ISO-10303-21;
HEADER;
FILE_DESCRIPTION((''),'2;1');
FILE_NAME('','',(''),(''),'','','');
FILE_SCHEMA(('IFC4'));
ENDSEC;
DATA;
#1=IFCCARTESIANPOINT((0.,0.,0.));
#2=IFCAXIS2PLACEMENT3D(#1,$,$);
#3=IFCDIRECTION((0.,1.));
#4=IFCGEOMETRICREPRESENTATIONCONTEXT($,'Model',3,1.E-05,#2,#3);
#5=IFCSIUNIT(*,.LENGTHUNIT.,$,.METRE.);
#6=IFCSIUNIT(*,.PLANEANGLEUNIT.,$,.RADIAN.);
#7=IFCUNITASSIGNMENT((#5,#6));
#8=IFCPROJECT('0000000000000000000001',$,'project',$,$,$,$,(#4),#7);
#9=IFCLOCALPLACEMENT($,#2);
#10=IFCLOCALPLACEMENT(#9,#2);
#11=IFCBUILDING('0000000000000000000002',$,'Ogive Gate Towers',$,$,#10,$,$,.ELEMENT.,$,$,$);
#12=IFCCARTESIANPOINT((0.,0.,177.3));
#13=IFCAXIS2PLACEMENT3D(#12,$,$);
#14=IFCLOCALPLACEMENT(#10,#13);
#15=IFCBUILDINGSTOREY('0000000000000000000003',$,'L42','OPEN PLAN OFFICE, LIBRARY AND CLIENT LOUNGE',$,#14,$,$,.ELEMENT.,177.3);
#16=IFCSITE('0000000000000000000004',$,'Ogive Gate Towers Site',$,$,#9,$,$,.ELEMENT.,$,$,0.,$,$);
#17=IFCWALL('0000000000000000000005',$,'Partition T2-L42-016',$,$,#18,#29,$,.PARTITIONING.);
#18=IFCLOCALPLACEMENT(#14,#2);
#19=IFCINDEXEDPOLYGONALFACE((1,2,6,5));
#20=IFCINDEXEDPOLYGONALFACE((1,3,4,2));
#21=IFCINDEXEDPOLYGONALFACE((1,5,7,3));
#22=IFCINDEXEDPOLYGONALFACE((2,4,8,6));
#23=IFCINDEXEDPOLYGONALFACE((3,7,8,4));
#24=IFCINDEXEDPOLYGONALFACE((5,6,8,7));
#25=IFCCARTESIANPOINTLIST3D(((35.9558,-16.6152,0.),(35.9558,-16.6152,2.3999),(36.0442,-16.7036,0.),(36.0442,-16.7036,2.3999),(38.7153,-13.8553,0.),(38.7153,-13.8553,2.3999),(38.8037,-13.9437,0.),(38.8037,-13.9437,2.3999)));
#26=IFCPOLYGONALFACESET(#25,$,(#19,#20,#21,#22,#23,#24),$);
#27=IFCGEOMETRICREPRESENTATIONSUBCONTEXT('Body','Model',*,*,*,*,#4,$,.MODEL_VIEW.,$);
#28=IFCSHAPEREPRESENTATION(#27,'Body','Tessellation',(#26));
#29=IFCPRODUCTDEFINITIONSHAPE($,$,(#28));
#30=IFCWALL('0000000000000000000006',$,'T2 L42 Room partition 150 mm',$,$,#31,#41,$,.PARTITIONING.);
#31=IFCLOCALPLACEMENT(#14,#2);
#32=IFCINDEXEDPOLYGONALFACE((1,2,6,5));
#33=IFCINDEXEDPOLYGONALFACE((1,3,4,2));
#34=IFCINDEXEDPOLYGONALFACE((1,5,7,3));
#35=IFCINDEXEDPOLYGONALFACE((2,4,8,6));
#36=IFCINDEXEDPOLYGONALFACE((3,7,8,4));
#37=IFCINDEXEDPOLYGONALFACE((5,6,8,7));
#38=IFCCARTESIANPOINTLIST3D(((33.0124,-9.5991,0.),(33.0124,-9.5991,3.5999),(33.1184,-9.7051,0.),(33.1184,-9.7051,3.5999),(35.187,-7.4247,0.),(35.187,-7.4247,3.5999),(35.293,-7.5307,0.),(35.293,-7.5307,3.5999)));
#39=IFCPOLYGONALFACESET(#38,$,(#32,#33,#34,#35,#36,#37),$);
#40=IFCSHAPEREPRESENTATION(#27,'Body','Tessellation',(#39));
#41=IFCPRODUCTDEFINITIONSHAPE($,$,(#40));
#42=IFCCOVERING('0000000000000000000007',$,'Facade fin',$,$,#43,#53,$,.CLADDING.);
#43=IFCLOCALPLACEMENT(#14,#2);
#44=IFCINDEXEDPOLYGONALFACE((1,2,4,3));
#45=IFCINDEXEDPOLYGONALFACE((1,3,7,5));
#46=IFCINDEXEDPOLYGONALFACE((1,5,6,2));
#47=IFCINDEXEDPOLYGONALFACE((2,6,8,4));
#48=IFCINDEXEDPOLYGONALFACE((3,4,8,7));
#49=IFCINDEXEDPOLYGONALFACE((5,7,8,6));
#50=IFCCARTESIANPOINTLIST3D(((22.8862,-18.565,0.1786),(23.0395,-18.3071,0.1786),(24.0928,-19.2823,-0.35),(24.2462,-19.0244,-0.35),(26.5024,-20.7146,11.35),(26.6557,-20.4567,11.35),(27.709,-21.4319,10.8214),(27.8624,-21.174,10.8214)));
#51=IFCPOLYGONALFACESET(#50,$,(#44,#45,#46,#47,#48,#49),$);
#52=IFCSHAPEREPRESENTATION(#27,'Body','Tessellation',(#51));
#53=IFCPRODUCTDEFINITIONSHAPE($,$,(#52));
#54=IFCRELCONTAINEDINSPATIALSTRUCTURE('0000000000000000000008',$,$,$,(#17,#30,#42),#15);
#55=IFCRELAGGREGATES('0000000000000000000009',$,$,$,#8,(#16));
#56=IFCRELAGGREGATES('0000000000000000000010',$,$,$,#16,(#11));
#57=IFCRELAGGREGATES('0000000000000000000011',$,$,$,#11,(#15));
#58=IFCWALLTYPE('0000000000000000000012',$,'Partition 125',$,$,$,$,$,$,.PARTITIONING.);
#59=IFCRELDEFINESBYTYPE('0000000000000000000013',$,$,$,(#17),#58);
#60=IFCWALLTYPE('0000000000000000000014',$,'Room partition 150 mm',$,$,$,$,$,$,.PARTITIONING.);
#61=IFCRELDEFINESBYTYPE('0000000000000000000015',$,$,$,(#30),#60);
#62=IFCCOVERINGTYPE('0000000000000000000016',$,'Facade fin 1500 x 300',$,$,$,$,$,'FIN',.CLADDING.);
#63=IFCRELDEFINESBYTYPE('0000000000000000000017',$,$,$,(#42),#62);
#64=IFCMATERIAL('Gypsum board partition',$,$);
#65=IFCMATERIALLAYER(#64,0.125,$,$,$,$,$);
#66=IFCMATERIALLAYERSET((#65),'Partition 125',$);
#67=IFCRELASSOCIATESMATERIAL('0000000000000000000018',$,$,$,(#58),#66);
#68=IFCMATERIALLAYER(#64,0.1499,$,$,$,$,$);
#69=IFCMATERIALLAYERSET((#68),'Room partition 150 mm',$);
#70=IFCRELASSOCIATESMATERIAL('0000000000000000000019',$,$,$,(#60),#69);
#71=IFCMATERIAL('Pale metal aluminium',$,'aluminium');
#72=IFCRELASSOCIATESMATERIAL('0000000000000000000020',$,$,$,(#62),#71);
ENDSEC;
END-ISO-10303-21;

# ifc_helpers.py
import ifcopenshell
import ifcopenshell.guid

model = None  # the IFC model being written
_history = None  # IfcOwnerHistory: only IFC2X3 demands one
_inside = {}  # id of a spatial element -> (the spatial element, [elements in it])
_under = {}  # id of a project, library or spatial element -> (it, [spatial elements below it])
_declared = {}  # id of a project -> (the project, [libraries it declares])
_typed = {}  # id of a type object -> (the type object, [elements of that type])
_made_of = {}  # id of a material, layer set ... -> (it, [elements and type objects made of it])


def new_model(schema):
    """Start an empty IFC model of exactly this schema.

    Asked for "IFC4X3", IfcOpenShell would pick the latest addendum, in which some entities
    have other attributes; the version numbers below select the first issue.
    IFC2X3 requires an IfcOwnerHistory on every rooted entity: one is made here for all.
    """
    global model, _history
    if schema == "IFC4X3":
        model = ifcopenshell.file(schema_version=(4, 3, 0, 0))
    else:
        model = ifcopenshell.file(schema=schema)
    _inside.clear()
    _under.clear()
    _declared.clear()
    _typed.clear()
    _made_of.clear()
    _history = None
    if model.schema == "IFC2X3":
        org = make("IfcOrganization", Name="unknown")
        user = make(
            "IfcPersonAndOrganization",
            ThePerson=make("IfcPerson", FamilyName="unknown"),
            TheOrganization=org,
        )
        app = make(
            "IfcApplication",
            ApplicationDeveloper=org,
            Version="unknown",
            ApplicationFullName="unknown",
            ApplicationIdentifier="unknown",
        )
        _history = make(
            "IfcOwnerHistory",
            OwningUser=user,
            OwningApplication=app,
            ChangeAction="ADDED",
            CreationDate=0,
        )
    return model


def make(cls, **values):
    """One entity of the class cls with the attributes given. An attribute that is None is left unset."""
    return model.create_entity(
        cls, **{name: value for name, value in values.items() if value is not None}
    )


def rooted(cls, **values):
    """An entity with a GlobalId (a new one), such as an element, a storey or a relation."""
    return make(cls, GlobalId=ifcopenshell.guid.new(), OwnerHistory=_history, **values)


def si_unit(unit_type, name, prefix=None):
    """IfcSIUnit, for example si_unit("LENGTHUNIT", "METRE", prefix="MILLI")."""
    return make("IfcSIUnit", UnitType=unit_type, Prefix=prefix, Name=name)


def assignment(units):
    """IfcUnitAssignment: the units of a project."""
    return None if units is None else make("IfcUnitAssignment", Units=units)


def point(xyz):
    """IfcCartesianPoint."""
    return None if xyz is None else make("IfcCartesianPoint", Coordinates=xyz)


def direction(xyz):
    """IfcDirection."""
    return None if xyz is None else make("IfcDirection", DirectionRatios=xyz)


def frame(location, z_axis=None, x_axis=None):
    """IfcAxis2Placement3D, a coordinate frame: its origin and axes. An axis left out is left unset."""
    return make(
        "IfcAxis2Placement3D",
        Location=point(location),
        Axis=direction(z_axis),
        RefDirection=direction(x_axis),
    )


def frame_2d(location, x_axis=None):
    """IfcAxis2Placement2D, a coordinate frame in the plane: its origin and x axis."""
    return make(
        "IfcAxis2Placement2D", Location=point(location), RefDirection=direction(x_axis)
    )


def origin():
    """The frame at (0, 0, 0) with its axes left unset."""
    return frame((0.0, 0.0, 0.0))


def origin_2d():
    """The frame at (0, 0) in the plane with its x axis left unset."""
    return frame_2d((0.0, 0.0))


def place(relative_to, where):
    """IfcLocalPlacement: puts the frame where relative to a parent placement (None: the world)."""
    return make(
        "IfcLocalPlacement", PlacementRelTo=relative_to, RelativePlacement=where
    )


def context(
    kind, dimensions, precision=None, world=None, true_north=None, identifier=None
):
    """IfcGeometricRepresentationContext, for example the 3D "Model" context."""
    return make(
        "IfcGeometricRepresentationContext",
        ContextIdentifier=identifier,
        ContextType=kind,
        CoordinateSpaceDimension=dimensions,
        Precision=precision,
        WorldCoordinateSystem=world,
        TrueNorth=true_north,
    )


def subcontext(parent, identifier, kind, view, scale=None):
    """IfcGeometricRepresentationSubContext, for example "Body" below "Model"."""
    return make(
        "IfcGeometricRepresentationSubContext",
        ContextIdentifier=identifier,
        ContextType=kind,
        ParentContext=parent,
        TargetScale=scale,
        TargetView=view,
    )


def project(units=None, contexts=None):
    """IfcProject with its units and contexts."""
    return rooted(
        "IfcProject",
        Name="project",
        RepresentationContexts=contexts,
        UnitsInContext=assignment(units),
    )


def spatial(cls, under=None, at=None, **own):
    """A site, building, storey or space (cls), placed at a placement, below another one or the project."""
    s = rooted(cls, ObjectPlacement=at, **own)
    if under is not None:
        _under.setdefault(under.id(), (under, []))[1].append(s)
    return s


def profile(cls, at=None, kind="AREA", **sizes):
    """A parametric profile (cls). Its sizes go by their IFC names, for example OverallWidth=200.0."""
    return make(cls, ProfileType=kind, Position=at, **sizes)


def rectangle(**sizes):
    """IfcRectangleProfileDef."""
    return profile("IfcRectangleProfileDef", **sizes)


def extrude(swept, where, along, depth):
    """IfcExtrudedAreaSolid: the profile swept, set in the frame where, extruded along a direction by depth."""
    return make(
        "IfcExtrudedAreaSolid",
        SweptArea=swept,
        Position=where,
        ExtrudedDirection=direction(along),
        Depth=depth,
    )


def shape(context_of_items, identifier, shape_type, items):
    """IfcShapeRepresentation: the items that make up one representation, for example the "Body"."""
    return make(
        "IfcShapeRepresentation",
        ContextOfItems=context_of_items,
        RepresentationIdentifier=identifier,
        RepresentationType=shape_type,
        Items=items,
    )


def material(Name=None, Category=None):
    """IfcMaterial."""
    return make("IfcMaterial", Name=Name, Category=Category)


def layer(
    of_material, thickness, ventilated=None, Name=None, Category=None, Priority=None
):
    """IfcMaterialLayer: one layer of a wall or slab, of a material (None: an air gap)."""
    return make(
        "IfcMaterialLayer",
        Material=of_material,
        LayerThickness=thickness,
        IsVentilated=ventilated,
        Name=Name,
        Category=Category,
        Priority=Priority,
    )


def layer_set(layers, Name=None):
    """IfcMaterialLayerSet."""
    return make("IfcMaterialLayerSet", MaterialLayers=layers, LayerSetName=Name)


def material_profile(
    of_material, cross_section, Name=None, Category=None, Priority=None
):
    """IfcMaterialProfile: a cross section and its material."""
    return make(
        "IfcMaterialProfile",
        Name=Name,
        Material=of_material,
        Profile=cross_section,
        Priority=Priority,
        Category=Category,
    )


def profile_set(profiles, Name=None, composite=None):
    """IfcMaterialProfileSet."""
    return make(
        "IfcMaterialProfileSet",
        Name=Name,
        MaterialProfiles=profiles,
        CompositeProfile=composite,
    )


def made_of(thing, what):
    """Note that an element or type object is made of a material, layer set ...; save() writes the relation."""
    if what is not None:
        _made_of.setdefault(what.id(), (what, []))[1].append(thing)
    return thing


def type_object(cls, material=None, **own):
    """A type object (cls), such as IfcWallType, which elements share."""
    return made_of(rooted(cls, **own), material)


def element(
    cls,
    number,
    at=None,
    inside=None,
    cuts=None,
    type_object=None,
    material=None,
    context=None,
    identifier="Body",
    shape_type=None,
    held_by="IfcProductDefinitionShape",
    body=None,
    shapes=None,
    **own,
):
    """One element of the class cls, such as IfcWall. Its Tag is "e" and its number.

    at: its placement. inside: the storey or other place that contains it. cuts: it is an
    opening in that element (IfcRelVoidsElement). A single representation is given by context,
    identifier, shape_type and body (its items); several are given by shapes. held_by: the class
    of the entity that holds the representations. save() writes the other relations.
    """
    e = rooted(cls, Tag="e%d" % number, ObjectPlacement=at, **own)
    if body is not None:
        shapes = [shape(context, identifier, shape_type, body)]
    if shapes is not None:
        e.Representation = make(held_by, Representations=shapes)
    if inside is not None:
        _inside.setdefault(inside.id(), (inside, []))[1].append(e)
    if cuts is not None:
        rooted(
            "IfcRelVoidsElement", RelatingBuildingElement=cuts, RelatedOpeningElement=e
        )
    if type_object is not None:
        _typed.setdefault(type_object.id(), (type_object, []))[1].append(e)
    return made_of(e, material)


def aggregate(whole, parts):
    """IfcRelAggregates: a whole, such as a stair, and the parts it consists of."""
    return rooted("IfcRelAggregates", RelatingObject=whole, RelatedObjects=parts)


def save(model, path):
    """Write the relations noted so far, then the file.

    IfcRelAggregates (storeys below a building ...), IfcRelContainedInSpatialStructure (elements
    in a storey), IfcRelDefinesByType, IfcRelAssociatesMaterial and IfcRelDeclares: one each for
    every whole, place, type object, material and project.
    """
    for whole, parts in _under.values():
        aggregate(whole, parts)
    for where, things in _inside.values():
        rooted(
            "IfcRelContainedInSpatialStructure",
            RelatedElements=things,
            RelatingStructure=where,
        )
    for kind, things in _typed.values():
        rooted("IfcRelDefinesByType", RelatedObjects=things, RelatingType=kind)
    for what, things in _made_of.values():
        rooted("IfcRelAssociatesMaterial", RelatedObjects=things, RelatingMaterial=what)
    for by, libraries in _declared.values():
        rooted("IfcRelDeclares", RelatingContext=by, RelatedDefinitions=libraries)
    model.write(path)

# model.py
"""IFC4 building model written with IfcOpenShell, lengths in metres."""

from ifc_helpers import new_model, si_unit, direction, frame, frame_2d, origin, origin_2d, place, context, subcontext, project, spatial, rectangle, extrude, material, layer, layer_set, material_profile, profile_set, type_object, element, save


model = new_model("IFC4")

# Units and contexts
model_context = context("Model", 3, precision=1e-05, world=origin(), true_north=direction((0.0, 1.0)))
body_context = subcontext(model_context, "Body", "Model", "MODEL_VIEW")
ifc_project = project(units=[si_unit("LENGTHUNIT", "METRE"), si_unit("PLANEANGLEUNIT", "RADIAN")], contexts=[model_context])

# Site, building, storey
site_placement = place(None, origin())
site = spatial("IfcSite", under=ifc_project, at=site_placement, Name="Ogive Gate Towers Site", CompositionType="ELEMENT", RefElevation=0.0)
building_placement = place(site_placement, origin())
building = spatial("IfcBuilding", under=site, at=building_placement, Name="Ogive Gate Towers", CompositionType="ELEMENT")
storey_placement = place(building_placement, frame((0.0, 0.0, 177.3)))
storey = spatial("IfcBuildingStorey", under=building, at=storey_placement, Name="L42", Description="OPEN PLAN OFFICE, LIBRARY AND CLIENT LOUNGE", CompositionType="ELEMENT", Elevation=177.3)

# Shared definitions
ifc_material_1 = material(Name="Pale metal aluminium", Category="aluminium")

# Shared definitions
ifc_material_2 = material(Name="Gypsum board partition")
ifc_layer_1 = layer(ifc_material_2, 0.125)
ifc_layer_set_1 = layer_set([ifc_layer_1], Name="Partition 125")
wall_type_1 = type_object("IfcWallType", Name="Partition 125", PredefinedType="PARTITIONING", material=ifc_layer_set_1)

# Walls
wall_1_placement = place(storey_placement, frame((36.0, -16.6594, 0.0), z_axis=(0.0, 0.0, 1.0), x_axis=(0.707044, 0.707169, 0.0)))
element("IfcWall", 1, at=wall_1_placement, inside=storey, type_object=wall_type_1, Name="Partition T2-L42-016", PredefinedType="PARTITIONING", context=body_context, shape_type="SweptSolid", body=[
    extrude(rectangle(XDim=3.9028, YDim=0.125, at=frame_2d((1.9514, 0.0))), origin(), (0.0, 0.0, 1.0), 2.3999),
])
ifc_layer_2 = layer(ifc_material_2, 0.1499)
ifc_layer_set_2 = layer_set([ifc_layer_2], Name="Room partition 150 mm")
wall_type_2 = type_object("IfcWallType", Name="Room partition 150 mm", PredefinedType="PARTITIONING", material=ifc_layer_set_2)
wall_2_placement = place(storey_placement, frame((33.0654, -9.6521, 0.0), z_axis=(0.0, 0.0, 1.0), x_axis=(0.707146, 0.707067, 0.0)))
element("IfcWall", 2, at=wall_2_placement, inside=storey, type_object=wall_type_2, Name="T2 L42 Room partition 150 mm", PredefinedType="PARTITIONING", context=body_context, shape_type="SweptSolid", body=[
    extrude(rectangle(XDim=3.0752, YDim=0.1499, at=frame_2d((1.5376, 0.0))), origin(), (0.0, 0.0, 1.0), 3.5999),
])

# Covering
ifc_material_profile_1 = material_profile(ifc_material_1, rectangle(XDim=0.3, YDim=1.5, at=origin_2d()), Name="1500 x 300 pale metal aluminium")
ifc_profile_set_1 = profile_set([ifc_material_profile_1], Name="Pale metal aluminium")
covering_type = type_object("IfcCoveringType", Name="Facade fin 1500 x 300", ElementType="FIN", PredefinedType="CLADDING", material=ifc_profile_set_1)
covering_placement = place(storey_placement, frame((23.5662, -18.7947, -0.0857), z_axis=(0.302935, -0.18008, 0.935843), x_axis=(0.510984, 0.85959, 0.0)))
element("IfcCovering", 3, at=covering_placement, inside=storey, type_object=covering_type, Name="Facade fin", PredefinedType="CLADDING", context=body_context, shape_type="SweptSolid", body=[
    extrude(rectangle(XDim=0.3, YDim=1.5, at=origin_2d()), origin(), (0.0, 0.0, 1.0), 11.9373),
])

save(model, "model.ifc")
